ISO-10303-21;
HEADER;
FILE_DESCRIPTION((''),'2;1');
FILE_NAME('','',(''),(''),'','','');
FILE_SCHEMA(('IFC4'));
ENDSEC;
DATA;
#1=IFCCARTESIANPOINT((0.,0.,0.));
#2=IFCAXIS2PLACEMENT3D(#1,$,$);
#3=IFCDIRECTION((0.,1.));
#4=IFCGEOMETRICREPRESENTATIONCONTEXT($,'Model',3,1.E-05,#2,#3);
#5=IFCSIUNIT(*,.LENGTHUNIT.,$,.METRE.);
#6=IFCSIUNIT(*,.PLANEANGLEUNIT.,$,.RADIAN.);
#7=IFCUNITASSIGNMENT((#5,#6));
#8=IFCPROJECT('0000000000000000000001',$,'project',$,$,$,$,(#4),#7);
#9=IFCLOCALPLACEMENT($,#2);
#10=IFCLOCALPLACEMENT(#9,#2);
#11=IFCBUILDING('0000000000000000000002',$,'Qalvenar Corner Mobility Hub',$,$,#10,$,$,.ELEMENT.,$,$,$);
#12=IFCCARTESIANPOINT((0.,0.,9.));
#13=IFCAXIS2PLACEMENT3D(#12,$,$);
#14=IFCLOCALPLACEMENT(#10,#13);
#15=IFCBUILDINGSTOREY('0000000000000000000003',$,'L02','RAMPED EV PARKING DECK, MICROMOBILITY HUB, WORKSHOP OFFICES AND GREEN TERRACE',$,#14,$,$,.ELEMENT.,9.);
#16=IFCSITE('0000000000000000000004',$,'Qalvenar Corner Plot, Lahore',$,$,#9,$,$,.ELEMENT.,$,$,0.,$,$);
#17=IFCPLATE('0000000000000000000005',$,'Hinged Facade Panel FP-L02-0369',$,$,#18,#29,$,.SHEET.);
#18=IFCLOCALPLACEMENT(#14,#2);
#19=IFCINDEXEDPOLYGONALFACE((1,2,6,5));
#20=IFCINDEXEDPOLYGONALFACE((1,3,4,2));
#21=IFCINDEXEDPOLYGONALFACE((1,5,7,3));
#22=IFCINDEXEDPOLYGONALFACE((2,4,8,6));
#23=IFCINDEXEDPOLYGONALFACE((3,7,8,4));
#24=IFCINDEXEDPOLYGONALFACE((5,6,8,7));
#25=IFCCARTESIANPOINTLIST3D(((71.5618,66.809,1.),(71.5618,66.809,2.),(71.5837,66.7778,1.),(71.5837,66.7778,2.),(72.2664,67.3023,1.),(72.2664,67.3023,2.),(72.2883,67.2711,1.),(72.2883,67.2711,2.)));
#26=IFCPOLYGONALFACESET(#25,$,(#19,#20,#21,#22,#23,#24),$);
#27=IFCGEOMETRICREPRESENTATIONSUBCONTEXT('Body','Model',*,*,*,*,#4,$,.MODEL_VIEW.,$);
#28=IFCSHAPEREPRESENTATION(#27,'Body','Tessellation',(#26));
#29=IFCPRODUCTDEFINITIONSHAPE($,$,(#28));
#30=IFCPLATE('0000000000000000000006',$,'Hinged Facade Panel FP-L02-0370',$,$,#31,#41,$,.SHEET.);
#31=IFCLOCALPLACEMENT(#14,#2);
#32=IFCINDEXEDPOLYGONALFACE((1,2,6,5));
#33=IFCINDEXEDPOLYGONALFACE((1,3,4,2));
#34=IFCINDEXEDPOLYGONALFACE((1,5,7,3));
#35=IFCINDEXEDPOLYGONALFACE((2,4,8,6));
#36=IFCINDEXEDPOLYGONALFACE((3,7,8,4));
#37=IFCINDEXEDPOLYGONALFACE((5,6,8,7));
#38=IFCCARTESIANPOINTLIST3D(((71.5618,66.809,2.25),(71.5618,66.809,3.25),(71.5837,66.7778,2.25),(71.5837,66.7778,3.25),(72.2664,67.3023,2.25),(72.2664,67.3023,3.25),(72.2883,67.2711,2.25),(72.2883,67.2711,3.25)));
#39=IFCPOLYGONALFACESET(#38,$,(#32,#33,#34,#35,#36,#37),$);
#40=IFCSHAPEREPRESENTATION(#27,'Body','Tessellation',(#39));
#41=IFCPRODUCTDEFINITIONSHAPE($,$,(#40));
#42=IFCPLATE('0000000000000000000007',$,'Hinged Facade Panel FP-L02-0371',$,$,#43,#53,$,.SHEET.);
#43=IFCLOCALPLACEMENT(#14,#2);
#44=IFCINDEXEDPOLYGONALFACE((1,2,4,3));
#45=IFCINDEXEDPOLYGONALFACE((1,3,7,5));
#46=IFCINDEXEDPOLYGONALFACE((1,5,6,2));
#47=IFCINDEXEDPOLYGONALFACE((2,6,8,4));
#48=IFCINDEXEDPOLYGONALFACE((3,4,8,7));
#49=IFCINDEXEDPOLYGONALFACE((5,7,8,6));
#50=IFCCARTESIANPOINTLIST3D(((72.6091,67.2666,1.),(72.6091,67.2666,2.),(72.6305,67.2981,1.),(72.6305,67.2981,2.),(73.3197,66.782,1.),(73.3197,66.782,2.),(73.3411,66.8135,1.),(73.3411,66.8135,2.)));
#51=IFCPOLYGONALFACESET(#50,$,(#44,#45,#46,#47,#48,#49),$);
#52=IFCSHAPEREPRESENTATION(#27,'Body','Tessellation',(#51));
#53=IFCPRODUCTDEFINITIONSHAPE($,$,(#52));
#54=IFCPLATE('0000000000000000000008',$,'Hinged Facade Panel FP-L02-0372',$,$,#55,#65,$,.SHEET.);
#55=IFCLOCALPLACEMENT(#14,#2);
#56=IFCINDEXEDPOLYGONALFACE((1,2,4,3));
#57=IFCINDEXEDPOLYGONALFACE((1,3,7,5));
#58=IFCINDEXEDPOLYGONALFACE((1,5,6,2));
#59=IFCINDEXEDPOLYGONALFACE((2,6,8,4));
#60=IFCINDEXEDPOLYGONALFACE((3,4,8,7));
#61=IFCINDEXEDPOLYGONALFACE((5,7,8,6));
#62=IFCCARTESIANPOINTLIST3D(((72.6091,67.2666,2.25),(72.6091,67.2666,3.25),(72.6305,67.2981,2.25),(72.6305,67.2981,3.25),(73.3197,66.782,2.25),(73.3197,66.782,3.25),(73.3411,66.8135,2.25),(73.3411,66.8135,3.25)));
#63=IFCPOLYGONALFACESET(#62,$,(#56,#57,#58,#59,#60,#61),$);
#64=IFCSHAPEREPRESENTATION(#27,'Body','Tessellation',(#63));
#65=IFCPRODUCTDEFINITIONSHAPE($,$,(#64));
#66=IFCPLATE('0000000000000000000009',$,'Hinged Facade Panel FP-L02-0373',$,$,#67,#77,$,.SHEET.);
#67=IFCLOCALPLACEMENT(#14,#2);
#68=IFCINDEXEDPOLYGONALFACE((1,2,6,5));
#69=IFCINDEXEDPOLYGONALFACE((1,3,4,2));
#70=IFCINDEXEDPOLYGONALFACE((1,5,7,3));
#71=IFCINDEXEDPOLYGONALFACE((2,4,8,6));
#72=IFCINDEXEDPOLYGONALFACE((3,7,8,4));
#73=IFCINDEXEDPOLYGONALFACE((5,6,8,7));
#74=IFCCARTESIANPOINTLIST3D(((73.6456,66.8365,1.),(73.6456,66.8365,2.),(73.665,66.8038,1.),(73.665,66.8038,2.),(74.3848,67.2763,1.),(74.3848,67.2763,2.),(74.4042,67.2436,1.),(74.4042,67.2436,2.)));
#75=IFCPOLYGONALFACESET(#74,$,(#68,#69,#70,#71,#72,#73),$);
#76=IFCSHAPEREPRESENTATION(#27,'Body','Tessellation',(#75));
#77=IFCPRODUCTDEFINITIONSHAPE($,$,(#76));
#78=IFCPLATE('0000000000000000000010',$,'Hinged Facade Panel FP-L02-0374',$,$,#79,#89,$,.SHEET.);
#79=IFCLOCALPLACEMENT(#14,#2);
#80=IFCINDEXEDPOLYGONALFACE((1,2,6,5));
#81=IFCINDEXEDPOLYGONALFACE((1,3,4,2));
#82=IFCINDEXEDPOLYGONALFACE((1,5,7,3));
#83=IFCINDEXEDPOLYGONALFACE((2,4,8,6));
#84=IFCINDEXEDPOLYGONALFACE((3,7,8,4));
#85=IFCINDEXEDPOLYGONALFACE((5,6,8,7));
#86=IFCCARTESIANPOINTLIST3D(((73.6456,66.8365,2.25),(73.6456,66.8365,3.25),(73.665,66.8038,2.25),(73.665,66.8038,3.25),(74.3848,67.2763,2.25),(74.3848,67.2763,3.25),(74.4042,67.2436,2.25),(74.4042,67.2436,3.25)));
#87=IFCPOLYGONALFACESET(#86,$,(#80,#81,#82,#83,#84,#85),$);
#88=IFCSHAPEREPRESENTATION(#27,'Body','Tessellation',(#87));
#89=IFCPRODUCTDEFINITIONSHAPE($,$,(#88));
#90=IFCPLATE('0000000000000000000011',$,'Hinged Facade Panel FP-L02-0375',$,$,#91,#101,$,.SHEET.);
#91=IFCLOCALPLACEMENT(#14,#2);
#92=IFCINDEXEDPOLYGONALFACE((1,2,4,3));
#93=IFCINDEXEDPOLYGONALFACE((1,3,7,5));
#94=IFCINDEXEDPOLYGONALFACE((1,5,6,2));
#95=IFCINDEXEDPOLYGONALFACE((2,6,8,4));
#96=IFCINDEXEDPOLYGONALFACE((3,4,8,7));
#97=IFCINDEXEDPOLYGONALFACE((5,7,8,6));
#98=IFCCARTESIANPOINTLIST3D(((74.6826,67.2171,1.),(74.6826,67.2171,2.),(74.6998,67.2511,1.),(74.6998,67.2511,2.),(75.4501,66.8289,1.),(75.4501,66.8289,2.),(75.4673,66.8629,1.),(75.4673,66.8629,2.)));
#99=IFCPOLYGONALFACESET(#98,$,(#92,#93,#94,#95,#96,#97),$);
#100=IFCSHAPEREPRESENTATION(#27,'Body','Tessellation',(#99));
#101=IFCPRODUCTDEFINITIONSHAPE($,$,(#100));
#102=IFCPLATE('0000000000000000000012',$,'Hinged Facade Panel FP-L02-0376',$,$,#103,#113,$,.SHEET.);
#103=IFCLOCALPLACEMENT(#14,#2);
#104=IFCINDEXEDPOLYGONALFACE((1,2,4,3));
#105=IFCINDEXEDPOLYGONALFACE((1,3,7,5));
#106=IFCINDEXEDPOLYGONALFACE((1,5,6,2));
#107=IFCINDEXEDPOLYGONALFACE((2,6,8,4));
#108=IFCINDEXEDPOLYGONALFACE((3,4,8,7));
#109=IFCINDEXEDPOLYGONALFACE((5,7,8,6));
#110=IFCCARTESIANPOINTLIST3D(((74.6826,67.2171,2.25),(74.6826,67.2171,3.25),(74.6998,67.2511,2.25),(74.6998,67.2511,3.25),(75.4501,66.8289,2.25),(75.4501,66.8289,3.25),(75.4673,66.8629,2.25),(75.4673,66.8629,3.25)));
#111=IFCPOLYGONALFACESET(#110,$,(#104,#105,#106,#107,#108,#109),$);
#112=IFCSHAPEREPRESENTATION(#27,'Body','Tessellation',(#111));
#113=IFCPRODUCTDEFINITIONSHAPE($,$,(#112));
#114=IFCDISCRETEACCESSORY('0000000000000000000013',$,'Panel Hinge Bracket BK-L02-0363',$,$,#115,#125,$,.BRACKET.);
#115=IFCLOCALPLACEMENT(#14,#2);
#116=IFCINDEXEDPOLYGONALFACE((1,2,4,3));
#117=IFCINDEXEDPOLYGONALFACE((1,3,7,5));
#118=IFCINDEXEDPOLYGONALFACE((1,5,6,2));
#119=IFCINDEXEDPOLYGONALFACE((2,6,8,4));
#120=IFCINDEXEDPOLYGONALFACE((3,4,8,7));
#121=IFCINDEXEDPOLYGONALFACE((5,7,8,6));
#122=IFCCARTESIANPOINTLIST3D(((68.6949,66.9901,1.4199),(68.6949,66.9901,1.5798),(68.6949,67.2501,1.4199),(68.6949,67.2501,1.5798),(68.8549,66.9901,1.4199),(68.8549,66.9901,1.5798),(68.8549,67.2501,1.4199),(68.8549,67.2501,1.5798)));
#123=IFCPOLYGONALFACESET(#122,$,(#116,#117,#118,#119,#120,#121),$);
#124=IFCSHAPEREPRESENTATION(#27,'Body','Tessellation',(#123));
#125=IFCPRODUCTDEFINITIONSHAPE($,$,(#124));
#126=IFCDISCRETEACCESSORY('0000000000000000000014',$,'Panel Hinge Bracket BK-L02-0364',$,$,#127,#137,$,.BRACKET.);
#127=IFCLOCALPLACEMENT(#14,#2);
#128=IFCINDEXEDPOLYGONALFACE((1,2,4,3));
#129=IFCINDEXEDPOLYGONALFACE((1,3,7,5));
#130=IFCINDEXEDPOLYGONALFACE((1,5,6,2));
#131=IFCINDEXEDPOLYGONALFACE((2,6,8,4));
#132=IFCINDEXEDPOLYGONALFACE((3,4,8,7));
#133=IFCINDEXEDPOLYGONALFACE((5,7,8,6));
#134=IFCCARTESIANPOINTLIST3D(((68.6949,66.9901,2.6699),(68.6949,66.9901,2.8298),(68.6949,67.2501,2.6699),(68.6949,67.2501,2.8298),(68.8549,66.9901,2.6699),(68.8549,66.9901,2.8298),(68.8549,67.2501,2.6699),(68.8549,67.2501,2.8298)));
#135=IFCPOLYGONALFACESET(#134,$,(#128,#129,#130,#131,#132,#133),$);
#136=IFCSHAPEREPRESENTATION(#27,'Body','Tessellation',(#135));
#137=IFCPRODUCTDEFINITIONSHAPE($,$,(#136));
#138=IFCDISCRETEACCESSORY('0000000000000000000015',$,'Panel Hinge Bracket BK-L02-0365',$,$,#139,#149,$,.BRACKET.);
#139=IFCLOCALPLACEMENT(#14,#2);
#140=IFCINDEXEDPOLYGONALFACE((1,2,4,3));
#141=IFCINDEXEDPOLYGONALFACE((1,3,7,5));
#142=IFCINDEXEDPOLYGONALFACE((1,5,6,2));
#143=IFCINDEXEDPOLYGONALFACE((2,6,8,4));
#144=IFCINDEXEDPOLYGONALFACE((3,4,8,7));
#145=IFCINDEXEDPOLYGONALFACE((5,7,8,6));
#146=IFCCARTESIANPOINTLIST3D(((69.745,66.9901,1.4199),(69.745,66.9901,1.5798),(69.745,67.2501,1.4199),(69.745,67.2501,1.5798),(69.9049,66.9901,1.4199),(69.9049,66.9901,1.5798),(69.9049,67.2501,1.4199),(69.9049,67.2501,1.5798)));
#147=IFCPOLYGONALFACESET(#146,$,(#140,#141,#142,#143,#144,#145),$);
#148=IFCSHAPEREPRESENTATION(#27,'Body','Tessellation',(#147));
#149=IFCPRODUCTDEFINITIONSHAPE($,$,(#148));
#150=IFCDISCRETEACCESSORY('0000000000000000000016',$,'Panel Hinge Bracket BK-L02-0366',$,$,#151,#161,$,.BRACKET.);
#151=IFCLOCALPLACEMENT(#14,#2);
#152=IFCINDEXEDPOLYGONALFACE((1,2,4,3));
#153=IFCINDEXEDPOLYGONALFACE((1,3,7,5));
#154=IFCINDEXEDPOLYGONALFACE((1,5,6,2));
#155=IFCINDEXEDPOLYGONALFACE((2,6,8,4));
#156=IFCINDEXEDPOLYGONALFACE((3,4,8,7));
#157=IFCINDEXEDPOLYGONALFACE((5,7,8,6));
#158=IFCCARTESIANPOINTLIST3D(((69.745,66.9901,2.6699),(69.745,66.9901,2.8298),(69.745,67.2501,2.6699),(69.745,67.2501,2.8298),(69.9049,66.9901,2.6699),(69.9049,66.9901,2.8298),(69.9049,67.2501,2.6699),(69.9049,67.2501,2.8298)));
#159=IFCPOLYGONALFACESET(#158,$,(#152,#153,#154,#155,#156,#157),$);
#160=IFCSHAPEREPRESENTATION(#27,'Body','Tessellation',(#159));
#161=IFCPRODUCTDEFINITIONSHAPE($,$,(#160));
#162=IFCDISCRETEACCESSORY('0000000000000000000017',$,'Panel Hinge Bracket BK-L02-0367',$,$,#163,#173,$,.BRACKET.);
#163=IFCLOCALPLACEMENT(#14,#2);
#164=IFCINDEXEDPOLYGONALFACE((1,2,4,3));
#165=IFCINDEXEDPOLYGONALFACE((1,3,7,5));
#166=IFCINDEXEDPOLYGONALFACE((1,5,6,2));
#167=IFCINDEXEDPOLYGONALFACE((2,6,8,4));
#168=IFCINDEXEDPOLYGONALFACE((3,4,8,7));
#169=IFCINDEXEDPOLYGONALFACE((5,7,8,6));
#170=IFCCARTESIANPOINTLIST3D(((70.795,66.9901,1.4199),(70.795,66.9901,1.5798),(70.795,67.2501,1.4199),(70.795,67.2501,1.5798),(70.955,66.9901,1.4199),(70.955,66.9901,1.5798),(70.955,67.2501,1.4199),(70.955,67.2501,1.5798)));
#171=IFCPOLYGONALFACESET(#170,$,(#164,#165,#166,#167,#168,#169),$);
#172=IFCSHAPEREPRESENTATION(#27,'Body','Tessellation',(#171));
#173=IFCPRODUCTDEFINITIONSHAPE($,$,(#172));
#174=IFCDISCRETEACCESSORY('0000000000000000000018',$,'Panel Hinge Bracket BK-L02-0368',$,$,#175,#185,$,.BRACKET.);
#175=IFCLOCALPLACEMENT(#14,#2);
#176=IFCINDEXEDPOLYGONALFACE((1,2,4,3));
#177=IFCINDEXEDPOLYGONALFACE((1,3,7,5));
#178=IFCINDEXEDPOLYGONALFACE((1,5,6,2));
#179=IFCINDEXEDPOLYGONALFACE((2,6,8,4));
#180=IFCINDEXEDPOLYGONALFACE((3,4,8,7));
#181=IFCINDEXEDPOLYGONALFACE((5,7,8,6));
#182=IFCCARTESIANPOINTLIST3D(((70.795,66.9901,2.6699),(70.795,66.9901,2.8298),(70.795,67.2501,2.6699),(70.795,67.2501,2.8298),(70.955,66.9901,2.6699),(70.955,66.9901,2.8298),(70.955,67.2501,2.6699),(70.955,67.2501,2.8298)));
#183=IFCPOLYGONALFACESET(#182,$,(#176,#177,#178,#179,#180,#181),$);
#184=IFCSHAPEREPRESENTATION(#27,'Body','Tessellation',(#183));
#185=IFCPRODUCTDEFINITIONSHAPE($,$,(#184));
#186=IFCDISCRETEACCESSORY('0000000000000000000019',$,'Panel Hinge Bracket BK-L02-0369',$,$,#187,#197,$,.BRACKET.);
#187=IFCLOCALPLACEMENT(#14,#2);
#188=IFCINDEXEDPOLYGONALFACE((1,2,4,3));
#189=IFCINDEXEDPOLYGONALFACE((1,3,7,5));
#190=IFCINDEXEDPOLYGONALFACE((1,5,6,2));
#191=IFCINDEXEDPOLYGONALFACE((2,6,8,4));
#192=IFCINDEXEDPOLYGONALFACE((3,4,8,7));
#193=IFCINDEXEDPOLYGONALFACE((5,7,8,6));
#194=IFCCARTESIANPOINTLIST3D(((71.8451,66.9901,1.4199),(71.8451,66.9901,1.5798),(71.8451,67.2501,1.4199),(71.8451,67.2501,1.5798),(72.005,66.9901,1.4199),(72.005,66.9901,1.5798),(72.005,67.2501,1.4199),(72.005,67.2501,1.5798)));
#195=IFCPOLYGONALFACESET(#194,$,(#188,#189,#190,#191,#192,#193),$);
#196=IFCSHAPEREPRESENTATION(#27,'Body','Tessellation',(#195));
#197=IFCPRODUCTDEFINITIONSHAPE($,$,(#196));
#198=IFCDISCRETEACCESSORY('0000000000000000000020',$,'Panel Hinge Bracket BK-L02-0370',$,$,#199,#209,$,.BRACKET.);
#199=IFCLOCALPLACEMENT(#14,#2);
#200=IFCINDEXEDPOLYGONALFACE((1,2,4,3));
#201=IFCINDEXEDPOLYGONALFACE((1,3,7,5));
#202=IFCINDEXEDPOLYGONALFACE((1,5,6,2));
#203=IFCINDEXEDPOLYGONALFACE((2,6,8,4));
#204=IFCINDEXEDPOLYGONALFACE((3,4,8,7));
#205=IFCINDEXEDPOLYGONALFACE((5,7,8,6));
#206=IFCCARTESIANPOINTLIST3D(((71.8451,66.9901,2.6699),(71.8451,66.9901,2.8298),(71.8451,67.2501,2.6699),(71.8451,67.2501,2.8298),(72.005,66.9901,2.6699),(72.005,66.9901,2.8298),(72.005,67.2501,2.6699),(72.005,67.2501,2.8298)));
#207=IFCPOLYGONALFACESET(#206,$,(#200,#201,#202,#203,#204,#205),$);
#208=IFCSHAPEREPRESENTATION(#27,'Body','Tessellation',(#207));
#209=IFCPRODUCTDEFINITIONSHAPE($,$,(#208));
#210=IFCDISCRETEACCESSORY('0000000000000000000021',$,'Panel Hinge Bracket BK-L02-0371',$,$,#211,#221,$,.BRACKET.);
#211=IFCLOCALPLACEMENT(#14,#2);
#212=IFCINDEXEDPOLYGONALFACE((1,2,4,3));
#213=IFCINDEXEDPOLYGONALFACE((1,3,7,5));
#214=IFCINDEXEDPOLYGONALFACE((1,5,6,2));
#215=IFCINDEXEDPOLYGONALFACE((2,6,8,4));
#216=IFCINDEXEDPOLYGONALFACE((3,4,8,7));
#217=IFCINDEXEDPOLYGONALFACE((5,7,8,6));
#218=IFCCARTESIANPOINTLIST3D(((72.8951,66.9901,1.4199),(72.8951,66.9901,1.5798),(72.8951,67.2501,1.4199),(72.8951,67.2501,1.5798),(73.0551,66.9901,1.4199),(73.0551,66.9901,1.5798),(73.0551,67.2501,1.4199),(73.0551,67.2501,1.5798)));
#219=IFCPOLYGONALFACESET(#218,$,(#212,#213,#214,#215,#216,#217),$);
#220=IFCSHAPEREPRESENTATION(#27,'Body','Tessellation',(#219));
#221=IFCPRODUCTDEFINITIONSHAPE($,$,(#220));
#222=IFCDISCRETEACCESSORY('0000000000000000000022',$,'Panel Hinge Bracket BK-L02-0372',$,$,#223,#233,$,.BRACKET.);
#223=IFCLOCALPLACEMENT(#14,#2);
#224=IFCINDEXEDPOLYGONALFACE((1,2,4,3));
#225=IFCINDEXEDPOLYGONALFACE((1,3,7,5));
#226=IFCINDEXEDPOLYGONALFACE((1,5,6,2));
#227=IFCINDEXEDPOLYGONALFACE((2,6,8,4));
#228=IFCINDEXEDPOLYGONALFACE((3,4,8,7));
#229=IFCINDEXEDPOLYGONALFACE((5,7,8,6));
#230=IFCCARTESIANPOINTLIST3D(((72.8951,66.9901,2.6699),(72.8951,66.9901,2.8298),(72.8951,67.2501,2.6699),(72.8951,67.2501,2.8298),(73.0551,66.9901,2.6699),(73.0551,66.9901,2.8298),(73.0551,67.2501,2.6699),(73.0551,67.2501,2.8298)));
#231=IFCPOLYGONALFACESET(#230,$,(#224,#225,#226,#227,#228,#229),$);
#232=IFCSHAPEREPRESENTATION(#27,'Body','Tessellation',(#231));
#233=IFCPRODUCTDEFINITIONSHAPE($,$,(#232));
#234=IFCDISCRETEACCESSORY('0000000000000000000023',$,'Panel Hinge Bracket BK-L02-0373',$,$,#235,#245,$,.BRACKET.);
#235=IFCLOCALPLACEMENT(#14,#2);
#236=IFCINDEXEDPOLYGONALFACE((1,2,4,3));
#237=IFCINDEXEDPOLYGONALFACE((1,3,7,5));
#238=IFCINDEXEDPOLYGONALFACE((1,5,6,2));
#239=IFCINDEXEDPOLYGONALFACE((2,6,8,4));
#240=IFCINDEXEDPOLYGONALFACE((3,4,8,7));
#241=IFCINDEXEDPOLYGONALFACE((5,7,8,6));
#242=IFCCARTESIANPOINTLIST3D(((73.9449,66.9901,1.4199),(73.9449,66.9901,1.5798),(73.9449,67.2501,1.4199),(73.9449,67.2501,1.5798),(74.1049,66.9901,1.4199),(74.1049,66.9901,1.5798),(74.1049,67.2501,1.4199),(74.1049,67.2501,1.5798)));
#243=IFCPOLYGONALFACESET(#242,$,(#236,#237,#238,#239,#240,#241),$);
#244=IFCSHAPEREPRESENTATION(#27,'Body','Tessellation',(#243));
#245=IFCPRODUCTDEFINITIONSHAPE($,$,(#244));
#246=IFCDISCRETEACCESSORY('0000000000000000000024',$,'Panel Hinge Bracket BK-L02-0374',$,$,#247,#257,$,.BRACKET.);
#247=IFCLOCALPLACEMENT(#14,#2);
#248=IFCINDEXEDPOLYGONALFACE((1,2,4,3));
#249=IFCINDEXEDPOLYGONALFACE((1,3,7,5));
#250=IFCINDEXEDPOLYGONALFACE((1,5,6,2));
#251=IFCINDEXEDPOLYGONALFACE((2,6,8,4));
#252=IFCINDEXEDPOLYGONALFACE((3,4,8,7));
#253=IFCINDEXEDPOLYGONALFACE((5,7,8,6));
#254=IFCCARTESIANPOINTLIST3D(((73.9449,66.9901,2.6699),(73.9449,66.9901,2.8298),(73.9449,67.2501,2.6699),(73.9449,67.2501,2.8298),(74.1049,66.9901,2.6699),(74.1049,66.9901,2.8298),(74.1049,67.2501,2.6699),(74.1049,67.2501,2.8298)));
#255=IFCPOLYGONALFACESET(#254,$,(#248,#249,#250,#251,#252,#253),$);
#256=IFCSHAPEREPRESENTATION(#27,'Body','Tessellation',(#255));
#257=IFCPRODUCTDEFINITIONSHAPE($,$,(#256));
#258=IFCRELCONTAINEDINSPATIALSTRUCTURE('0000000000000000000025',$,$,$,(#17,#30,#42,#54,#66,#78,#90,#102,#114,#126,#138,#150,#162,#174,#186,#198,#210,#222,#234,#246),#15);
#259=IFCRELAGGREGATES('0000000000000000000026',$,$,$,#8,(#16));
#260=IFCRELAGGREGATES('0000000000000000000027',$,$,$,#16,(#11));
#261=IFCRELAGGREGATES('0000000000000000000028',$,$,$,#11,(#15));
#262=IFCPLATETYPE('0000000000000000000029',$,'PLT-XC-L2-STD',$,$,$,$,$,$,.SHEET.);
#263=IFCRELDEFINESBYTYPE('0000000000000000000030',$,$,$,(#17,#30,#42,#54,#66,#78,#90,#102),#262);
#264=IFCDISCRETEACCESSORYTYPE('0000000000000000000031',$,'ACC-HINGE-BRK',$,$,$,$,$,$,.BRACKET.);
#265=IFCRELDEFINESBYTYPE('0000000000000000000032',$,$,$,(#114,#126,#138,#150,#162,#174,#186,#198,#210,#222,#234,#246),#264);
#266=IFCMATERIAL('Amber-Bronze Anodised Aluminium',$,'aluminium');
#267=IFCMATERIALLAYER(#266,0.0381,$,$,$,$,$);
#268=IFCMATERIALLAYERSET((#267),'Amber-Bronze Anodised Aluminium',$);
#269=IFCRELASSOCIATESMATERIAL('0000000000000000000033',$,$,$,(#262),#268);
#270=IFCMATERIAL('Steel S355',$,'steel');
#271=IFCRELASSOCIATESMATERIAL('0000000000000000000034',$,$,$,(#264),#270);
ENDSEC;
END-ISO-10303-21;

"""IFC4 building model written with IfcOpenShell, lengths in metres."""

from ifc_helpers import new_model, si_unit, direction, frame, origin, origin_2d, place, context, subcontext, project, spatial, rectangle, extrude, material, layer, layer_set, type_object, element, save


model = new_model("IFC4")

# Units and contexts
model_context = context("Model", 3, precision=1e-05, world=origin(), true_north=direction((0.0, 1.0)))
body_context = subcontext(model_context, "Body", "Model", "MODEL_VIEW")
ifc_project = project(units=[si_unit("LENGTHUNIT", "METRE"), si_unit("PLANEANGLEUNIT", "RADIAN")], contexts=[model_context])

# Site, building, storey
site_placement = place(None, origin())
site = spatial("IfcSite", under=ifc_project, at=site_placement, Name="Qalvenar Corner Plot, Lahore", CompositionType="ELEMENT", RefElevation=0.0)
building_placement = place(site_placement, origin())
building = spatial("IfcBuilding", under=site, at=building_placement, Name="Qalvenar Corner Mobility Hub", CompositionType="ELEMENT")
storey_placement = place(building_placement, frame((0.0, 0.0, 9.0)))
storey = spatial("IfcBuildingStorey", under=building, at=storey_placement, Name="L02", Description="RAMPED EV PARKING DECK, MICROMOBILITY HUB, WORKSHOP OFFICES AND GREEN TERRACE", CompositionType="ELEMENT", Elevation=9.0)

# Shared definitions
ifc_material_1 = material(Name="Steel S355", Category="steel")

# Plates
ifc_material_2 = material(Name="Amber-Bronze Anodised Aluminium", Category="aluminium")
ifc_layer_1 = layer(ifc_material_2, 0.0381)
ifc_layer_set_1 = layer_set([ifc_layer_1], Name="Amber-Bronze Anodised Aluminium")
plate_type_1 = type_object("IfcPlateType", Name="PLT-XC-L2-STD", PredefinedType="SHEET", material=ifc_layer_set_1)
for number, where, z_axis, x_axis, name in (
    (1, (71.925, 67.04, 1.0), (0.0, 0.0, 1.0), (0.819152, 0.573576, 0.0), "Hinged Facade Panel FP-L02-0369"),
    (2, (71.925, 67.04, 2.25), (0.0, 0.0, 1.0), (0.819152, 0.573576, 0.0), "Hinged Facade Panel FP-L02-0370"),
    (3, (72.9751, 67.04, 1.0), (0.0, 0.0, 1.0), (0.826197, -0.563382, 0.0), "Hinged Facade Panel FP-L02-0371"),
    (4, (72.9751, 67.04, 2.25), (0.0, 0.0, 1.0), (0.826197, -0.563382, 0.0), "Hinged Facade Panel FP-L02-0372"),
    (5, (74.0249, 67.04, 1.0), (0.0, 0.0, 1.0), (0.859406, 0.511293, 0.0), "Hinged Facade Panel FP-L02-0373"),
    (6, (74.0249, 67.04, 2.25), (0.0, 0.0, 1.0), (0.859406, 0.511293, 0.0), "Hinged Facade Panel FP-L02-0374"),
    (7, (75.075, 67.04, 1.0), (0.0, 0.0, 1.0), (0.89235, -0.451345, 0.0), "Hinged Facade Panel FP-L02-0375"),
    (8, (75.075, 67.04, 2.25), (0.0, 0.0, 1.0), (0.89235, -0.451345, 0.0), "Hinged Facade Panel FP-L02-0376"),
):
    element("IfcPlate", number, at=place(storey_placement, frame(where, z_axis=z_axis, x_axis=x_axis)), inside=storey, type_object=plate_type_1, Name=name, PredefinedType="SHEET", context=body_context, shape_type="SweptSolid", body=[
        extrude(rectangle(XDim=0.8601, YDim=0.0381, at=origin_2d()), origin(), (0.0, 0.0, 1.0), 1.0),
    ])

# Discrete accessories
discrete_accessory_type = type_object("IfcDiscreteAccessoryType", Name="ACC-HINGE-BRK", PredefinedType="BRACKET", material=ifc_material_1)
for number, where, z_axis, x_axis, name in (
    (9, (68.7749, 67.1201, 1.4199), (0.0, 0.0, 1.0), (1.0, 0.0, 0.0), "Panel Hinge Bracket BK-L02-0363"),
    (10, (68.7749, 67.1201, 2.6699), (0.0, 0.0, 1.0), (1.0, 0.0, 0.0), "Panel Hinge Bracket BK-L02-0364"),
    (11, (69.825, 67.1201, 1.4199), (0.0, 0.0, 1.0), (1.0, 0.0, 0.0), "Panel Hinge Bracket BK-L02-0365"),
    (12, (69.825, 67.1201, 2.6699), (0.0, 0.0, 1.0), (1.0, 0.0, 0.0), "Panel Hinge Bracket BK-L02-0366"),
    (13, (70.875, 67.1201, 1.4199), (0.0, 0.0, 1.0), (1.0, 0.0, 0.0), "Panel Hinge Bracket BK-L02-0367"),
    (14, (70.875, 67.1201, 2.6699), (0.0, 0.0, 1.0), (1.0, 0.0, 0.0), "Panel Hinge Bracket BK-L02-0368"),
    (15, (71.925, 67.1201, 1.4199), (0.0, 0.0, 1.0), (1.0, 0.0, 0.0), "Panel Hinge Bracket BK-L02-0369"),
    (16, (71.925, 67.1201, 2.6699), (0.0, 0.0, 1.0), (1.0, 0.0, 0.0), "Panel Hinge Bracket BK-L02-0370"),
    (17, (72.9751, 67.1201, 1.4199), (0.0, 0.0, 1.0), (1.0, 0.0, 0.0), "Panel Hinge Bracket BK-L02-0371"),
    (18, (72.9751, 67.1201, 2.6699), (0.0, 0.0, 1.0), (1.0, 0.0, 0.0), "Panel Hinge Bracket BK-L02-0372"),
    (19, (74.0249, 67.1201, 1.4199), (0.0, 0.0, 1.0), (1.0, 0.0, 0.0), "Panel Hinge Bracket BK-L02-0373"),
    (20, (74.0249, 67.1201, 2.6699), (0.0, 0.0, 1.0), (1.0, 0.0, 0.0), "Panel Hinge Bracket BK-L02-0374"),
):
    element("IfcDiscreteAccessory", number, at=place(storey_placement, frame(where, z_axis=z_axis, x_axis=x_axis)), inside=storey, type_object=discrete_accessory_type, Name=name, PredefinedType="BRACKET", context=body_context, shape_type="SweptSolid", body=[
        extrude(rectangle(XDim=0.1599, YDim=0.26, at=origin_2d()), origin(), (0.0, 0.0, 1.0), 0.1599),
    ])

save(model, "model.ifc")
